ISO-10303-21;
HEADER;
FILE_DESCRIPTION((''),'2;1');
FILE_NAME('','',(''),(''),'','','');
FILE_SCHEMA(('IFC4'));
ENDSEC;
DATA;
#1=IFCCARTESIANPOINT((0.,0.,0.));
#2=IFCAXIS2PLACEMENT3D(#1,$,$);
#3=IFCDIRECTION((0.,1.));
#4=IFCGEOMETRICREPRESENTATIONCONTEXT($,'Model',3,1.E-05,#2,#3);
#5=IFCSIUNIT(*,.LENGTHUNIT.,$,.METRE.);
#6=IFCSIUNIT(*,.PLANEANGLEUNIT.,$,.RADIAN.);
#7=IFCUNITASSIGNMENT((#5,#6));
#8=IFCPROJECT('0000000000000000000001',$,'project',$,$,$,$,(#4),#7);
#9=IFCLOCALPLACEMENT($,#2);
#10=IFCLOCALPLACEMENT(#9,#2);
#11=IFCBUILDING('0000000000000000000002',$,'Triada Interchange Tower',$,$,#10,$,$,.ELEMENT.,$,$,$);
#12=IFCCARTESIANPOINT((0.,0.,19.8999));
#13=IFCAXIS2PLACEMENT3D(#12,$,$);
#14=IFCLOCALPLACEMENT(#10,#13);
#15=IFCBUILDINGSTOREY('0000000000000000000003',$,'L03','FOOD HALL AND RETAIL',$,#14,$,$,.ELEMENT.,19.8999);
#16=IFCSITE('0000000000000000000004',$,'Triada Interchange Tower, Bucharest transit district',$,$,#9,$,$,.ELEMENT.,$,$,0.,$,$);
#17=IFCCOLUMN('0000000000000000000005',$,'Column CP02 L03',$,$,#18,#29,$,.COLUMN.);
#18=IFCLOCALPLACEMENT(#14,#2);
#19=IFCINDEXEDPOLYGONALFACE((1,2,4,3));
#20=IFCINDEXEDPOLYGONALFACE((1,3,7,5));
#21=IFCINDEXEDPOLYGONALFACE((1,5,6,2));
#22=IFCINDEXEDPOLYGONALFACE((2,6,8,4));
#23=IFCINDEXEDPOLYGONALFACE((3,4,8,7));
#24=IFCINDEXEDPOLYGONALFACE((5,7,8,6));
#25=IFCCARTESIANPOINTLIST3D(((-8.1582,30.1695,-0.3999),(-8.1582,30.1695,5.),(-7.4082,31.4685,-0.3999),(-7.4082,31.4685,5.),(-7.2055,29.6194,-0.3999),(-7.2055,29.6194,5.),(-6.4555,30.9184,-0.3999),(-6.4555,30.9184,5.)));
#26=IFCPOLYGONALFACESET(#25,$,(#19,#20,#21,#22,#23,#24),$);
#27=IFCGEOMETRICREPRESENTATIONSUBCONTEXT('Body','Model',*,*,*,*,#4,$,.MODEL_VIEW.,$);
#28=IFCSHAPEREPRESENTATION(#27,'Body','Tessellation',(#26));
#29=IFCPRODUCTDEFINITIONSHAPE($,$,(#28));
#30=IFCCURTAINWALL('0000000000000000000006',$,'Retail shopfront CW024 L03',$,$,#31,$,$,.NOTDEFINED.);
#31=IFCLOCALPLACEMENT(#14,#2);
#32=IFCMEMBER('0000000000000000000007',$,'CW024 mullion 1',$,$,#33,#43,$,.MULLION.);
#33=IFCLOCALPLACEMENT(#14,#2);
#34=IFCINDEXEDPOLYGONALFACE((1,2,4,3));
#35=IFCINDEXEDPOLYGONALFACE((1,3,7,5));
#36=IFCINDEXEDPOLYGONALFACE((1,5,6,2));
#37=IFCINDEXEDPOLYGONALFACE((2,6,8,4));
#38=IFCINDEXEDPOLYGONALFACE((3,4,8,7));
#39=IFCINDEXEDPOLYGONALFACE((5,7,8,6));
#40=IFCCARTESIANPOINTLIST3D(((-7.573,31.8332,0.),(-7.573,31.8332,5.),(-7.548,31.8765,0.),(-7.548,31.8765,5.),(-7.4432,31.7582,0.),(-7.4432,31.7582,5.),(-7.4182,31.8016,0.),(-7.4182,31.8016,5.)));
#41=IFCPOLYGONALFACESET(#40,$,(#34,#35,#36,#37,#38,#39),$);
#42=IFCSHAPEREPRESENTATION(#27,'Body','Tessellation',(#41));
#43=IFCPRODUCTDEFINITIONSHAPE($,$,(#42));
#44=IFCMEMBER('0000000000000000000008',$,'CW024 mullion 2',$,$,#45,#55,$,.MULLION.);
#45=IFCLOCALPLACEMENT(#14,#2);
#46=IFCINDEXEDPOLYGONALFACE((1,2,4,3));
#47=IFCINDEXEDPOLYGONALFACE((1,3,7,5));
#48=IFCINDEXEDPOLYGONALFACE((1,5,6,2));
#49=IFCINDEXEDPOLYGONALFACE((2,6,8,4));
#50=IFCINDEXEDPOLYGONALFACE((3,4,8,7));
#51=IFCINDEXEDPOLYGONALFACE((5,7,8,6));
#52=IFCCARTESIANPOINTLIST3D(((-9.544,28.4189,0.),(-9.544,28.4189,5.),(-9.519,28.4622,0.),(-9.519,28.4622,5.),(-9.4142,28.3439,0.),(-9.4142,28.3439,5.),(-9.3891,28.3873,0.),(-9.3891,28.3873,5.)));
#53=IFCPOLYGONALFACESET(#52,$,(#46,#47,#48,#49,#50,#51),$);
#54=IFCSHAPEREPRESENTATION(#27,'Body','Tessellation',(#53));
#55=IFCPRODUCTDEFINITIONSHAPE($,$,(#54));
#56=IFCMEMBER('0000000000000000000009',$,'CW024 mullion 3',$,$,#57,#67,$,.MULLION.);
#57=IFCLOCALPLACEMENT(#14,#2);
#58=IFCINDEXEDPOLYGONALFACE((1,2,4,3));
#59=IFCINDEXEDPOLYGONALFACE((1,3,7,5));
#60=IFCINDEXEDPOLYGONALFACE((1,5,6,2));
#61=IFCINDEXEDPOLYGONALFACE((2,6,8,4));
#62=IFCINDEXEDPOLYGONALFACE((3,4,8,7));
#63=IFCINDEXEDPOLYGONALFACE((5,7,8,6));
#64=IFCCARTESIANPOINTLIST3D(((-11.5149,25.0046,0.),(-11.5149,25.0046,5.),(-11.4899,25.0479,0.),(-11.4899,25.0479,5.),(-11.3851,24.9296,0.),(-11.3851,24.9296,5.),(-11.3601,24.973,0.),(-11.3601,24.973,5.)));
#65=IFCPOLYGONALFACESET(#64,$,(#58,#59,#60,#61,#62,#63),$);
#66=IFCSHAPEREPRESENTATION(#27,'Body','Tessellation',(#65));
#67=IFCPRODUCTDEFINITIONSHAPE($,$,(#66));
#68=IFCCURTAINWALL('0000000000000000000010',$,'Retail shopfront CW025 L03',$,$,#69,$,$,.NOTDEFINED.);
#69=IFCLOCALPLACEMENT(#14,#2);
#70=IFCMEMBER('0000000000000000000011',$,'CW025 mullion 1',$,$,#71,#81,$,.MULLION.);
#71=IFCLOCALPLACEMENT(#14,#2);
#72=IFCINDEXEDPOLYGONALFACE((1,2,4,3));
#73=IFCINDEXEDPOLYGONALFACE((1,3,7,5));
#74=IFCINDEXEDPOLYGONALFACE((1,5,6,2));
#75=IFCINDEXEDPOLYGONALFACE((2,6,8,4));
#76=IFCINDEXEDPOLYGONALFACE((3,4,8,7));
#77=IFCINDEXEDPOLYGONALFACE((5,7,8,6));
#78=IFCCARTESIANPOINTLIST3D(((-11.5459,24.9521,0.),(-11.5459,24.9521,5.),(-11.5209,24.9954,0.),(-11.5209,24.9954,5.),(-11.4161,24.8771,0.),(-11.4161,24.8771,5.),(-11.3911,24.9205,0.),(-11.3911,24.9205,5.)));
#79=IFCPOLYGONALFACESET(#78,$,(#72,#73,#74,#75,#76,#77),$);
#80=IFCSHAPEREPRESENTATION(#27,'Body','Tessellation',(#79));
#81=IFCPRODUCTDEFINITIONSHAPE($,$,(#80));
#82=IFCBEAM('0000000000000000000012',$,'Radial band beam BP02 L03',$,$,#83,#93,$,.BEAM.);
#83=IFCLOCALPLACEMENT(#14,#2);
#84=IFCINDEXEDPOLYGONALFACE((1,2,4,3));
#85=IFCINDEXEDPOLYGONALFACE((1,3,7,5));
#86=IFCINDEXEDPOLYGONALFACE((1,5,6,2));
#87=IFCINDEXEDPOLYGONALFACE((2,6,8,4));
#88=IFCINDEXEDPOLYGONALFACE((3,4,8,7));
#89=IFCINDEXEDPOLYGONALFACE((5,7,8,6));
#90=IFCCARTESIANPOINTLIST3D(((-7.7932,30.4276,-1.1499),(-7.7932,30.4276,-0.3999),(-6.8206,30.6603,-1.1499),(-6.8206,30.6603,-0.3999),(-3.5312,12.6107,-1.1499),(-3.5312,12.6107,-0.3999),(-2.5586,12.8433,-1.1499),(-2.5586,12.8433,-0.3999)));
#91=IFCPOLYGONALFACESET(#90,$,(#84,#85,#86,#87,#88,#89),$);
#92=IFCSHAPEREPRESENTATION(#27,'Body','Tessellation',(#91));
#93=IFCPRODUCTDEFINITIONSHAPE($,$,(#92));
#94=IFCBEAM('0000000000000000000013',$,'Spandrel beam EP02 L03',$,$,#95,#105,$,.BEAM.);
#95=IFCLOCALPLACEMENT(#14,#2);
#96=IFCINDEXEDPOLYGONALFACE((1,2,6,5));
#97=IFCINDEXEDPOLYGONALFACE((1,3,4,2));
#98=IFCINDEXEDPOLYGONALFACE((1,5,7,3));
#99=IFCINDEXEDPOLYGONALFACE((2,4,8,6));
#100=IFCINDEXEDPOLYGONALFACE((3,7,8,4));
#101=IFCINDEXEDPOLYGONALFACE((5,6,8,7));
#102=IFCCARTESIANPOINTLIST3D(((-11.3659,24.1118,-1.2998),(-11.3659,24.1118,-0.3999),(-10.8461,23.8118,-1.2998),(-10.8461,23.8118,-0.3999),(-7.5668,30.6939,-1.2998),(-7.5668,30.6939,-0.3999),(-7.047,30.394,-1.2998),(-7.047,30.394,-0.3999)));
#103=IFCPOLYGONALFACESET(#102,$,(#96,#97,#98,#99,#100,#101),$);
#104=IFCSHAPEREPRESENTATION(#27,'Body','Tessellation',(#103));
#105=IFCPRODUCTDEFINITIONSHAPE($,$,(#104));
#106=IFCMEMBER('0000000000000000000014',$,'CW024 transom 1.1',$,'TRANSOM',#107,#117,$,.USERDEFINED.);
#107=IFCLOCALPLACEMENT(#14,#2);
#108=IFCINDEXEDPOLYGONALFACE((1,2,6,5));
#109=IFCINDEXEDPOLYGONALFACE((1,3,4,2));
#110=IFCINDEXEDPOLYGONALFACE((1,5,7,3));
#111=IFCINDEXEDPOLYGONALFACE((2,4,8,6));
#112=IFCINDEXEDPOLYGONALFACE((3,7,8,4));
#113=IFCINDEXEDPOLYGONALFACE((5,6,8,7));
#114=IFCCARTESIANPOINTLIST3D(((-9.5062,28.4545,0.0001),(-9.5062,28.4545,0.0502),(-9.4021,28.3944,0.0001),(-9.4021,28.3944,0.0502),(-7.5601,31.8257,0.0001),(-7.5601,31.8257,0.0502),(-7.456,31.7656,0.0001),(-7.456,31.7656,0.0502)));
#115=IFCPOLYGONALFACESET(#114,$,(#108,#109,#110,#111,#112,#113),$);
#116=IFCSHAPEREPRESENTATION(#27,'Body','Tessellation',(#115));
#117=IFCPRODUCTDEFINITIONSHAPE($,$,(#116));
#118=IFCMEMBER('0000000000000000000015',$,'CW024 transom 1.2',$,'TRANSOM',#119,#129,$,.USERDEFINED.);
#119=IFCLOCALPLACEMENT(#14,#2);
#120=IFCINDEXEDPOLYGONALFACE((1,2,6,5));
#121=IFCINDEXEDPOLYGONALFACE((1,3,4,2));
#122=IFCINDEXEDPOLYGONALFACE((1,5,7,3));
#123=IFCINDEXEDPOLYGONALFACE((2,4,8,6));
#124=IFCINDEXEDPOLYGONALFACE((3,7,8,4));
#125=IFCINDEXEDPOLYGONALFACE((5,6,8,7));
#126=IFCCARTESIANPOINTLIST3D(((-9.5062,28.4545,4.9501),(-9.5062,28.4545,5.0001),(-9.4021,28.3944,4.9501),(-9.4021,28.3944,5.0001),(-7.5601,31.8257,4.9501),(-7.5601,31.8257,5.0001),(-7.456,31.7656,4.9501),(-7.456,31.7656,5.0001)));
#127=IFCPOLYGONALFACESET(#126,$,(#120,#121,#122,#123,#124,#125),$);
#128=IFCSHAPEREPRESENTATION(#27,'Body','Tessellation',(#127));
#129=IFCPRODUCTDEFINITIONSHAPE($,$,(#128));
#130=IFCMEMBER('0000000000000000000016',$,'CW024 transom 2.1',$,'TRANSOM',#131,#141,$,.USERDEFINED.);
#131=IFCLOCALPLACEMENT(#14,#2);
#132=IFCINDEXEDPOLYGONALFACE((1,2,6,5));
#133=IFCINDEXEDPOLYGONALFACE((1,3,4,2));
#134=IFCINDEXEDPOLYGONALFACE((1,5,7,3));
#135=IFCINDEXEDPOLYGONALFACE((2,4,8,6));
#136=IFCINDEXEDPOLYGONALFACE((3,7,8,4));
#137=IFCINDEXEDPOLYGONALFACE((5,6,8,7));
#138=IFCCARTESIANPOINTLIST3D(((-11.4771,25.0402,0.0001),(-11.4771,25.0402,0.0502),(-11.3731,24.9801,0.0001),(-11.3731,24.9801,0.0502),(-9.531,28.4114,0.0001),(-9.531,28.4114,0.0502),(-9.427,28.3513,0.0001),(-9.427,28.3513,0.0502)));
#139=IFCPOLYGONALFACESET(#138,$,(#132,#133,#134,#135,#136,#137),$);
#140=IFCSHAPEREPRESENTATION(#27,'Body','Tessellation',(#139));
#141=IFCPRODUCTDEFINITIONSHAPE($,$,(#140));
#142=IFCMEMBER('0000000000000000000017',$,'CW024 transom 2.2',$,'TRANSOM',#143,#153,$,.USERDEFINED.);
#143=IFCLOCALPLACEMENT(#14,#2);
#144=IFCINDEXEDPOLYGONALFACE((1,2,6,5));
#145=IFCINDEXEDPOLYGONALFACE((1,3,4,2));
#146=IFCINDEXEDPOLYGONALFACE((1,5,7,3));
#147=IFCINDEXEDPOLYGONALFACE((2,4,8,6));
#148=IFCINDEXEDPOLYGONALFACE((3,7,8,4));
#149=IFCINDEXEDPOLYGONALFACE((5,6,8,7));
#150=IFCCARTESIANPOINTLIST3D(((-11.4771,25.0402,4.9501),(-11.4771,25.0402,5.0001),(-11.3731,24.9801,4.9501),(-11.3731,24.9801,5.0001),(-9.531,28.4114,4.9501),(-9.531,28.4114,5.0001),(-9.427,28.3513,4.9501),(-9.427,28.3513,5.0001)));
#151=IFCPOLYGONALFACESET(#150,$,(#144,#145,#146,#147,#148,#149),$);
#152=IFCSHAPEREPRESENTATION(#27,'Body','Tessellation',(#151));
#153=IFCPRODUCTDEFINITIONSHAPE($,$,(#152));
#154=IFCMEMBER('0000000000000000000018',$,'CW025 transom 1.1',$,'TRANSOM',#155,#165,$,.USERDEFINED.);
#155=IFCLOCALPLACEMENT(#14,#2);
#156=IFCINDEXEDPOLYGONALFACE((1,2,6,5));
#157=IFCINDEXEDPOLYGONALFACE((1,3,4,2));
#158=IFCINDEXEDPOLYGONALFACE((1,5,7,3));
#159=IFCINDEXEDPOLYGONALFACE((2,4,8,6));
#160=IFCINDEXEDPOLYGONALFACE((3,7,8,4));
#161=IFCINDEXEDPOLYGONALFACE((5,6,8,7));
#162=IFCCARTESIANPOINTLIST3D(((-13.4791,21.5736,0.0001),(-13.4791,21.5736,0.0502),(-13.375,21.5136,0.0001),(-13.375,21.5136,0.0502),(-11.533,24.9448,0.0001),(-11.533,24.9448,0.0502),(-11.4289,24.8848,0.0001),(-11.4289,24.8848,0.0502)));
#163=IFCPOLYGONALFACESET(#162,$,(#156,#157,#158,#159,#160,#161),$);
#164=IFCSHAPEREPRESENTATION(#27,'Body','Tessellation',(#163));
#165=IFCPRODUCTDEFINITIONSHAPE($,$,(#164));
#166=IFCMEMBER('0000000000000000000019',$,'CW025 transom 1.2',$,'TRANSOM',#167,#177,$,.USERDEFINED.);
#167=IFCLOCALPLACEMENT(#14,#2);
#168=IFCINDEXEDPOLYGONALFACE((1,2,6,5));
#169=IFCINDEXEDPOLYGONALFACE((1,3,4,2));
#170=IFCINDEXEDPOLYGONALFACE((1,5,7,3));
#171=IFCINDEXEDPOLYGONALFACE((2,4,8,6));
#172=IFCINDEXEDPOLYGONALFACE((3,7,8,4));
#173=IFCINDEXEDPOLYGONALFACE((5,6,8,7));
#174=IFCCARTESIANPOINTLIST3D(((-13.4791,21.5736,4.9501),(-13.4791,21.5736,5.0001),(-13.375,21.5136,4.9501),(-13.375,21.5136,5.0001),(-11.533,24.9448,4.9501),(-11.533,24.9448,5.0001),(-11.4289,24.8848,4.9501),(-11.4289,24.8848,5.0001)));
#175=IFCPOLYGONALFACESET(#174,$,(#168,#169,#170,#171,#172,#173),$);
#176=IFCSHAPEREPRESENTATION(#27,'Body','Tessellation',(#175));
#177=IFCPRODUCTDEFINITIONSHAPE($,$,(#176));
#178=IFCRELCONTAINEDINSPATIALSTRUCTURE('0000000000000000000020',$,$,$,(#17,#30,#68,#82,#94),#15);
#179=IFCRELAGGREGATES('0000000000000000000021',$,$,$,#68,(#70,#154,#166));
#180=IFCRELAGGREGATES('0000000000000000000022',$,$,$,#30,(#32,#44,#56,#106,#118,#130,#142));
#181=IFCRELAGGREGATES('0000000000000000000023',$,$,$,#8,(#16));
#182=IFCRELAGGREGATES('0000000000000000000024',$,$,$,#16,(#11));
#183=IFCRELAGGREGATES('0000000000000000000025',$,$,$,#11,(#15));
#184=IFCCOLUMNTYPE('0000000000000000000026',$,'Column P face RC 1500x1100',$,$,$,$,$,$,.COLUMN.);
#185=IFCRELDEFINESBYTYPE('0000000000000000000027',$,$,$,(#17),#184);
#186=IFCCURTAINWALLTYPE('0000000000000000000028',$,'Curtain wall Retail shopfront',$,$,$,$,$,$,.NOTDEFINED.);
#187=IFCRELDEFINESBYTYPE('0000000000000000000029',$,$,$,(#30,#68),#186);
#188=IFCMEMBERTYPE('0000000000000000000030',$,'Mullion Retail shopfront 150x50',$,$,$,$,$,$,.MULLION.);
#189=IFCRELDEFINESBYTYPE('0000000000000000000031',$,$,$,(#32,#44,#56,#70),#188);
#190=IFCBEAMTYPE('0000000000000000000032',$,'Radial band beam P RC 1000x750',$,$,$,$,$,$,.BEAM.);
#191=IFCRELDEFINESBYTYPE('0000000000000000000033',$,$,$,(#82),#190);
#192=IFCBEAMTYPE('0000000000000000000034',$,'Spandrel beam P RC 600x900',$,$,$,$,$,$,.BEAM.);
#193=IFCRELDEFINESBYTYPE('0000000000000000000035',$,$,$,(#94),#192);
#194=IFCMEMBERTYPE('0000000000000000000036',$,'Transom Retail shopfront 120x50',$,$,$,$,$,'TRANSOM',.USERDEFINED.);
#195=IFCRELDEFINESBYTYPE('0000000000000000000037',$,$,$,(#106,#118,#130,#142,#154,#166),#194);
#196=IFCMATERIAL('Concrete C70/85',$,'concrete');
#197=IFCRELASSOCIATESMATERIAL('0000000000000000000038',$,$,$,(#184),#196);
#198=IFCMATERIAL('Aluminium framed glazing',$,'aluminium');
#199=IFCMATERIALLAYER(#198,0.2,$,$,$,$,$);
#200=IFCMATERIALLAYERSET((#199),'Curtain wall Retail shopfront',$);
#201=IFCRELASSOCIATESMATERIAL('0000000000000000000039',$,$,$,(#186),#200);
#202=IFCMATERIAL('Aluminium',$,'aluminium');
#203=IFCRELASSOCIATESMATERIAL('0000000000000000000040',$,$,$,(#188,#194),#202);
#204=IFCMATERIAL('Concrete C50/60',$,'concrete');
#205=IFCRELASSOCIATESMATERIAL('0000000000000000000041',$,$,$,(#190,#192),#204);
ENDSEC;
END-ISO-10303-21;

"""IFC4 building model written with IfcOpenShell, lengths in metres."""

from ifc_helpers import new_model, si_unit, direction, frame, origin, origin_2d, place, context, subcontext, project, spatial, rectangle, extrude, material, layer, layer_set, material_profile, profile_set, type_object, element, aggregate, save


model = new_model("IFC4")

# Units and contexts
model_context = context("Model", 3, precision=1e-05, world=origin(), true_north=direction((0.0, 1.0)))
body_context = subcontext(model_context, "Body", "Model", "MODEL_VIEW")
ifc_project = project(units=[si_unit("LENGTHUNIT", "METRE"), si_unit("PLANEANGLEUNIT", "RADIAN")], contexts=[model_context])

# Site, building, storey
site_placement = place(None, origin())
site = spatial("IfcSite", under=ifc_project, at=site_placement, Name="Triada Interchange Tower, Bucharest transit district", CompositionType="ELEMENT", RefElevation=0.0)
building_placement = place(site_placement, origin())
building = spatial("IfcBuilding", under=site, at=building_placement, Name="Triada Interchange Tower", CompositionType="ELEMENT")
storey_placement = place(building_placement, frame((0.0, 0.0, 19.8999)))
storey = spatial("IfcBuildingStorey", under=building, at=storey_placement, Name="L03", Description="FOOD HALL AND RETAIL", CompositionType="ELEMENT", Elevation=19.8999)

# Column
ifc_material_1 = material(Name="Concrete C70/85", Category="concrete")
ifc_material_profile_1 = material_profile(ifc_material_1, rectangle(XDim=1.5, YDim=1.1001, at=origin_2d()), Name="RC 1500x1100")
ifc_profile_set_1 = profile_set([ifc_material_profile_1], Name="Concrete C70/85")
column_type = type_object("IfcColumnType", Name="Column P face RC 1500x1100", PredefinedType="COLUMN", material=ifc_profile_set_1)
column_placement = place(storey_placement, frame((-7.3069, 30.5439, -0.3999), z_axis=(0.0, 0.0, 1.0), x_axis=(0.5, 0.866025, 0.0)))
element("IfcColumn", 1, at=column_placement, inside=storey, type_object=column_type, Name="Column CP02 L03", PredefinedType="COLUMN", context=body_context, shape_type="SweptSolid", body=[
    extrude(rectangle(XDim=1.5, YDim=1.1001, at=origin_2d()), origin(), (0.0, 0.0, 1.0), 5.3999),
])

# Curtain wall, members
ifc_material_2 = material(Name="Aluminium framed glazing", Category="aluminium")
ifc_layer_1 = layer(ifc_material_2, 0.2)
ifc_layer_set_1 = layer_set([ifc_layer_1], Name="Curtain wall Retail shopfront")
curtain_wall_type = type_object("IfcCurtainWallType", Name="Curtain wall Retail shopfront", PredefinedType="NOTDEFINED", material=ifc_layer_set_1)
curtain_wall_1_placement = place(storey_placement, origin())
curtain_wall_1 = element("IfcCurtainWall", 2, at=curtain_wall_1_placement, inside=storey, type_object=curtain_wall_type, Name="Retail shopfront CW024 L03", PredefinedType="NOTDEFINED")
ifc_material_3 = material(Name="Aluminium", Category="aluminium")
ifc_material_profile_2 = material_profile(ifc_material_3, rectangle(XDim=0.1499, YDim=0.05, at=origin_2d()), Name="Aluminium mullion")
ifc_profile_set_2 = profile_set([ifc_material_profile_2], Name="Aluminium")
member_type_1 = type_object("IfcMemberType", Name="Mullion Retail shopfront 150x50", PredefinedType="MULLION", material=ifc_profile_set_2)
member_1_placement = place(storey_placement, frame((-7.4956, 31.8174, 0.0), z_axis=(0.0, 0.0, 1.0), x_axis=(0.866055, -0.499948, 0.0)))
member_1 = element("IfcMember", 3, at=member_1_placement, type_object=member_type_1, Name="CW024 mullion 1", PredefinedType="MULLION", context=body_context, shape_type="SweptSolid", body=[
    extrude(rectangle(XDim=0.1499, YDim=0.05, at=origin_2d()), origin(), (0.0, 0.0, 1.0), 5.0),
])
member_2_placement = place(storey_placement, frame((-9.4666, 28.4031, 0.0), z_axis=(0.0, 0.0, 1.0), x_axis=(0.866055, -0.499948, 0.0)))
member_2 = element("IfcMember", 4, at=member_2_placement, type_object=member_type_1, Name="CW024 mullion 2", PredefinedType="MULLION", context=body_context, shape_type="SweptSolid", body=[
    extrude(rectangle(XDim=0.1499, YDim=0.05, at=origin_2d()), origin(), (0.0, 0.0, 1.0), 5.0),
])
member_3_placement = place(storey_placement, frame((-11.4375, 24.9888, 0.0), z_axis=(0.0, 0.0, 1.0), x_axis=(0.866055, -0.499948, 0.0)))
member_3 = element("IfcMember", 5, at=member_3_placement, type_object=member_type_1, Name="CW024 mullion 3", PredefinedType="MULLION", context=body_context, shape_type="SweptSolid", body=[
    extrude(rectangle(XDim=0.1499, YDim=0.05, at=origin_2d()), origin(), (0.0, 0.0, 1.0), 5.0),
])

# Curtain wall, member
curtain_wall_2_placement = place(storey_placement, origin())
curtain_wall_2 = element("IfcCurtainWall", 6, at=curtain_wall_2_placement, inside=storey, type_object=curtain_wall_type, Name="Retail shopfront CW025 L03", PredefinedType="NOTDEFINED")
member_4_placement = place(storey_placement, frame((-11.4685, 24.9363, 0.0), z_axis=(0.0, 0.0, 1.0), x_axis=(0.866055, -0.499948, 0.0)))
member_4 = element("IfcMember", 7, at=member_4_placement, type_object=member_type_1, Name="CW025 mullion 1", PredefinedType="MULLION", context=body_context, shape_type="SweptSolid", body=[
    extrude(rectangle(XDim=0.1499, YDim=0.05, at=origin_2d()), origin(), (0.0, 0.0, 1.0), 5.0),
])

# Beams
ifc_material_4 = material(Name="Concrete C50/60", Category="concrete")
ifc_material_profile_3 = material_profile(ifc_material_4, rectangle(XDim=1.0, YDim=0.75, at=origin_2d()), Name="RC 1000x750")
ifc_profile_set_3 = profile_set([ifc_material_profile_3], Name="Concrete C50/60")
beam_type_1 = type_object("IfcBeamType", Name="Radial band beam P RC 1000x750", PredefinedType="BEAM", material=ifc_profile_set_3)
beam_1_placement = place(storey_placement, frame((-7.3069, 30.5439, -0.7749), z_axis=(0.232646, -0.972562, 0.0), x_axis=(0.972562, 0.232646, 0.0)))
element("IfcBeam", 8, at=beam_1_placement, inside=storey, type_object=beam_type_1, Name="Radial band beam BP02 L03", PredefinedType="BEAM", context=body_context, shape_type="SweptSolid", body=[
    extrude(rectangle(XDim=1.0, YDim=0.75, at=origin_2d()), origin(), (0.0, 0.0, 1.0), 18.3196),
])
ifc_material_profile_4 = material_profile(ifc_material_4, rectangle(XDim=0.6001, YDim=0.8999, at=origin_2d()), Name="RC 600x900")
ifc_profile_set_4 = profile_set([ifc_material_profile_4], Name="Concrete C50/60")
beam_type_2 = type_object("IfcBeamType", Name="Spandrel beam P RC 600x900", PredefinedType="BEAM", material=ifc_profile_set_4)
beam_2_placement = place(storey_placement, frame((-7.3069, 30.5439, -0.8499), z_axis=(-0.499895, -0.866086, 0.0), x_axis=(0.866086, -0.499895, 0.0)))
element("IfcBeam", 9, at=beam_2_placement, inside=storey, type_object=beam_type_2, Name="Spandrel beam EP02 L03", PredefinedType="BEAM", context=body_context, shape_type="SweptSolid", body=[
    extrude(rectangle(XDim=0.6001, YDim=0.8999, at=origin_2d()), origin(), (0.0, 0.0, 1.0), 7.5999),
])

# Members
ifc_material_profile_5 = material_profile(ifc_material_3, rectangle(XDim=0.1201, YDim=0.05, at=origin_2d()), Name="Aluminium transom")
ifc_profile_set_5 = profile_set([ifc_material_profile_5], Name="Aluminium")
member_type_2 = type_object("IfcMemberType", Name="Transom Retail shopfront 120x50", ElementType="TRANSOM", PredefinedType="USERDEFINED", material=ifc_profile_set_5)
member_5_placement = place(storey_placement, frame((-7.5081, 31.7957, 0.0251), z_axis=(-0.49995, -0.866054, 0.0), x_axis=(0.866054, -0.49995, 0.0)))
member_5 = element("IfcMember", 10, at=member_5_placement, type_object=member_type_2, Name="CW024 transom 1.1", ObjectType="TRANSOM", PredefinedType="USERDEFINED", context=body_context, shape_type="SweptSolid", body=[
    extrude(rectangle(XDim=0.1201, YDim=0.05, at=origin_2d()), origin(), (0.0, 0.0, 1.0), 3.8926),
])
member_6_placement = place(storey_placement, frame((-7.5081, 31.7957, 4.9751), z_axis=(-0.49995, -0.866054, 0.0), x_axis=(0.866054, -0.49995, 0.0)))
member_6 = element("IfcMember", 11, at=member_6_placement, type_object=member_type_2, Name="CW024 transom 1.2", ObjectType="TRANSOM", PredefinedType="USERDEFINED", context=body_context, shape_type="SweptSolid", body=[
    extrude(rectangle(XDim=0.1201, YDim=0.05, at=origin_2d()), origin(), (0.0, 0.0, 1.0), 3.8926),
])
member_7_placement = place(storey_placement, frame((-9.479, 28.3813, 0.0251), z_axis=(-0.49995, -0.866054, 0.0), x_axis=(0.866054, -0.49995, 0.0)))
member_7 = element("IfcMember", 12, at=member_7_placement, type_object=member_type_2, Name="CW024 transom 2.1", ObjectType="TRANSOM", PredefinedType="USERDEFINED", context=body_context, shape_type="SweptSolid", body=[
    extrude(rectangle(XDim=0.1201, YDim=0.05, at=origin_2d()), origin(), (0.0, 0.0, 1.0), 3.8926),
])
member_8_placement = place(storey_placement, frame((-9.479, 28.3813, 4.9751), z_axis=(-0.49995, -0.866054, 0.0), x_axis=(0.866054, -0.49995, 0.0)))
member_8 = element("IfcMember", 13, at=member_8_placement, type_object=member_type_2, Name="CW024 transom 2.2", ObjectType="TRANSOM", PredefinedType="USERDEFINED", context=body_context, shape_type="SweptSolid", body=[
    extrude(rectangle(XDim=0.1201, YDim=0.05, at=origin_2d()), origin(), (0.0, 0.0, 1.0), 3.8926),
])
member_9_placement = place(storey_placement, frame((-11.481, 24.9148, 0.0251), z_axis=(-0.49995, -0.866054, 0.0), x_axis=(0.866054, -0.49995, 0.0)))
member_9 = element("IfcMember", 14, at=member_9_placement, type_object=member_type_2, Name="CW025 transom 1.1", ObjectType="TRANSOM", PredefinedType="USERDEFINED", context=body_context, shape_type="SweptSolid", body=[
    extrude(rectangle(XDim=0.1201, YDim=0.05, at=origin_2d()), origin(), (0.0, 0.0, 1.0), 3.8926),
])
member_10_placement = place(storey_placement, frame((-11.481, 24.9148, 4.9751), z_axis=(-0.49995, -0.866054, 0.0), x_axis=(0.866054, -0.49995, 0.0)))
member_10 = element("IfcMember", 15, at=member_10_placement, type_object=member_type_2, Name="CW025 transom 1.2", ObjectType="TRANSOM", PredefinedType="USERDEFINED", context=body_context, shape_type="SweptSolid", body=[
    extrude(rectangle(XDim=0.1201, YDim=0.05, at=origin_2d()), origin(), (0.0, 0.0, 1.0), 3.8926),
])
aggregate(curtain_wall_2, [member_4, member_9, member_10])

aggregate(curtain_wall_1, [member_1, member_2, member_3, member_5, member_6, member_7, member_8])

save(model, "model.ifc")
